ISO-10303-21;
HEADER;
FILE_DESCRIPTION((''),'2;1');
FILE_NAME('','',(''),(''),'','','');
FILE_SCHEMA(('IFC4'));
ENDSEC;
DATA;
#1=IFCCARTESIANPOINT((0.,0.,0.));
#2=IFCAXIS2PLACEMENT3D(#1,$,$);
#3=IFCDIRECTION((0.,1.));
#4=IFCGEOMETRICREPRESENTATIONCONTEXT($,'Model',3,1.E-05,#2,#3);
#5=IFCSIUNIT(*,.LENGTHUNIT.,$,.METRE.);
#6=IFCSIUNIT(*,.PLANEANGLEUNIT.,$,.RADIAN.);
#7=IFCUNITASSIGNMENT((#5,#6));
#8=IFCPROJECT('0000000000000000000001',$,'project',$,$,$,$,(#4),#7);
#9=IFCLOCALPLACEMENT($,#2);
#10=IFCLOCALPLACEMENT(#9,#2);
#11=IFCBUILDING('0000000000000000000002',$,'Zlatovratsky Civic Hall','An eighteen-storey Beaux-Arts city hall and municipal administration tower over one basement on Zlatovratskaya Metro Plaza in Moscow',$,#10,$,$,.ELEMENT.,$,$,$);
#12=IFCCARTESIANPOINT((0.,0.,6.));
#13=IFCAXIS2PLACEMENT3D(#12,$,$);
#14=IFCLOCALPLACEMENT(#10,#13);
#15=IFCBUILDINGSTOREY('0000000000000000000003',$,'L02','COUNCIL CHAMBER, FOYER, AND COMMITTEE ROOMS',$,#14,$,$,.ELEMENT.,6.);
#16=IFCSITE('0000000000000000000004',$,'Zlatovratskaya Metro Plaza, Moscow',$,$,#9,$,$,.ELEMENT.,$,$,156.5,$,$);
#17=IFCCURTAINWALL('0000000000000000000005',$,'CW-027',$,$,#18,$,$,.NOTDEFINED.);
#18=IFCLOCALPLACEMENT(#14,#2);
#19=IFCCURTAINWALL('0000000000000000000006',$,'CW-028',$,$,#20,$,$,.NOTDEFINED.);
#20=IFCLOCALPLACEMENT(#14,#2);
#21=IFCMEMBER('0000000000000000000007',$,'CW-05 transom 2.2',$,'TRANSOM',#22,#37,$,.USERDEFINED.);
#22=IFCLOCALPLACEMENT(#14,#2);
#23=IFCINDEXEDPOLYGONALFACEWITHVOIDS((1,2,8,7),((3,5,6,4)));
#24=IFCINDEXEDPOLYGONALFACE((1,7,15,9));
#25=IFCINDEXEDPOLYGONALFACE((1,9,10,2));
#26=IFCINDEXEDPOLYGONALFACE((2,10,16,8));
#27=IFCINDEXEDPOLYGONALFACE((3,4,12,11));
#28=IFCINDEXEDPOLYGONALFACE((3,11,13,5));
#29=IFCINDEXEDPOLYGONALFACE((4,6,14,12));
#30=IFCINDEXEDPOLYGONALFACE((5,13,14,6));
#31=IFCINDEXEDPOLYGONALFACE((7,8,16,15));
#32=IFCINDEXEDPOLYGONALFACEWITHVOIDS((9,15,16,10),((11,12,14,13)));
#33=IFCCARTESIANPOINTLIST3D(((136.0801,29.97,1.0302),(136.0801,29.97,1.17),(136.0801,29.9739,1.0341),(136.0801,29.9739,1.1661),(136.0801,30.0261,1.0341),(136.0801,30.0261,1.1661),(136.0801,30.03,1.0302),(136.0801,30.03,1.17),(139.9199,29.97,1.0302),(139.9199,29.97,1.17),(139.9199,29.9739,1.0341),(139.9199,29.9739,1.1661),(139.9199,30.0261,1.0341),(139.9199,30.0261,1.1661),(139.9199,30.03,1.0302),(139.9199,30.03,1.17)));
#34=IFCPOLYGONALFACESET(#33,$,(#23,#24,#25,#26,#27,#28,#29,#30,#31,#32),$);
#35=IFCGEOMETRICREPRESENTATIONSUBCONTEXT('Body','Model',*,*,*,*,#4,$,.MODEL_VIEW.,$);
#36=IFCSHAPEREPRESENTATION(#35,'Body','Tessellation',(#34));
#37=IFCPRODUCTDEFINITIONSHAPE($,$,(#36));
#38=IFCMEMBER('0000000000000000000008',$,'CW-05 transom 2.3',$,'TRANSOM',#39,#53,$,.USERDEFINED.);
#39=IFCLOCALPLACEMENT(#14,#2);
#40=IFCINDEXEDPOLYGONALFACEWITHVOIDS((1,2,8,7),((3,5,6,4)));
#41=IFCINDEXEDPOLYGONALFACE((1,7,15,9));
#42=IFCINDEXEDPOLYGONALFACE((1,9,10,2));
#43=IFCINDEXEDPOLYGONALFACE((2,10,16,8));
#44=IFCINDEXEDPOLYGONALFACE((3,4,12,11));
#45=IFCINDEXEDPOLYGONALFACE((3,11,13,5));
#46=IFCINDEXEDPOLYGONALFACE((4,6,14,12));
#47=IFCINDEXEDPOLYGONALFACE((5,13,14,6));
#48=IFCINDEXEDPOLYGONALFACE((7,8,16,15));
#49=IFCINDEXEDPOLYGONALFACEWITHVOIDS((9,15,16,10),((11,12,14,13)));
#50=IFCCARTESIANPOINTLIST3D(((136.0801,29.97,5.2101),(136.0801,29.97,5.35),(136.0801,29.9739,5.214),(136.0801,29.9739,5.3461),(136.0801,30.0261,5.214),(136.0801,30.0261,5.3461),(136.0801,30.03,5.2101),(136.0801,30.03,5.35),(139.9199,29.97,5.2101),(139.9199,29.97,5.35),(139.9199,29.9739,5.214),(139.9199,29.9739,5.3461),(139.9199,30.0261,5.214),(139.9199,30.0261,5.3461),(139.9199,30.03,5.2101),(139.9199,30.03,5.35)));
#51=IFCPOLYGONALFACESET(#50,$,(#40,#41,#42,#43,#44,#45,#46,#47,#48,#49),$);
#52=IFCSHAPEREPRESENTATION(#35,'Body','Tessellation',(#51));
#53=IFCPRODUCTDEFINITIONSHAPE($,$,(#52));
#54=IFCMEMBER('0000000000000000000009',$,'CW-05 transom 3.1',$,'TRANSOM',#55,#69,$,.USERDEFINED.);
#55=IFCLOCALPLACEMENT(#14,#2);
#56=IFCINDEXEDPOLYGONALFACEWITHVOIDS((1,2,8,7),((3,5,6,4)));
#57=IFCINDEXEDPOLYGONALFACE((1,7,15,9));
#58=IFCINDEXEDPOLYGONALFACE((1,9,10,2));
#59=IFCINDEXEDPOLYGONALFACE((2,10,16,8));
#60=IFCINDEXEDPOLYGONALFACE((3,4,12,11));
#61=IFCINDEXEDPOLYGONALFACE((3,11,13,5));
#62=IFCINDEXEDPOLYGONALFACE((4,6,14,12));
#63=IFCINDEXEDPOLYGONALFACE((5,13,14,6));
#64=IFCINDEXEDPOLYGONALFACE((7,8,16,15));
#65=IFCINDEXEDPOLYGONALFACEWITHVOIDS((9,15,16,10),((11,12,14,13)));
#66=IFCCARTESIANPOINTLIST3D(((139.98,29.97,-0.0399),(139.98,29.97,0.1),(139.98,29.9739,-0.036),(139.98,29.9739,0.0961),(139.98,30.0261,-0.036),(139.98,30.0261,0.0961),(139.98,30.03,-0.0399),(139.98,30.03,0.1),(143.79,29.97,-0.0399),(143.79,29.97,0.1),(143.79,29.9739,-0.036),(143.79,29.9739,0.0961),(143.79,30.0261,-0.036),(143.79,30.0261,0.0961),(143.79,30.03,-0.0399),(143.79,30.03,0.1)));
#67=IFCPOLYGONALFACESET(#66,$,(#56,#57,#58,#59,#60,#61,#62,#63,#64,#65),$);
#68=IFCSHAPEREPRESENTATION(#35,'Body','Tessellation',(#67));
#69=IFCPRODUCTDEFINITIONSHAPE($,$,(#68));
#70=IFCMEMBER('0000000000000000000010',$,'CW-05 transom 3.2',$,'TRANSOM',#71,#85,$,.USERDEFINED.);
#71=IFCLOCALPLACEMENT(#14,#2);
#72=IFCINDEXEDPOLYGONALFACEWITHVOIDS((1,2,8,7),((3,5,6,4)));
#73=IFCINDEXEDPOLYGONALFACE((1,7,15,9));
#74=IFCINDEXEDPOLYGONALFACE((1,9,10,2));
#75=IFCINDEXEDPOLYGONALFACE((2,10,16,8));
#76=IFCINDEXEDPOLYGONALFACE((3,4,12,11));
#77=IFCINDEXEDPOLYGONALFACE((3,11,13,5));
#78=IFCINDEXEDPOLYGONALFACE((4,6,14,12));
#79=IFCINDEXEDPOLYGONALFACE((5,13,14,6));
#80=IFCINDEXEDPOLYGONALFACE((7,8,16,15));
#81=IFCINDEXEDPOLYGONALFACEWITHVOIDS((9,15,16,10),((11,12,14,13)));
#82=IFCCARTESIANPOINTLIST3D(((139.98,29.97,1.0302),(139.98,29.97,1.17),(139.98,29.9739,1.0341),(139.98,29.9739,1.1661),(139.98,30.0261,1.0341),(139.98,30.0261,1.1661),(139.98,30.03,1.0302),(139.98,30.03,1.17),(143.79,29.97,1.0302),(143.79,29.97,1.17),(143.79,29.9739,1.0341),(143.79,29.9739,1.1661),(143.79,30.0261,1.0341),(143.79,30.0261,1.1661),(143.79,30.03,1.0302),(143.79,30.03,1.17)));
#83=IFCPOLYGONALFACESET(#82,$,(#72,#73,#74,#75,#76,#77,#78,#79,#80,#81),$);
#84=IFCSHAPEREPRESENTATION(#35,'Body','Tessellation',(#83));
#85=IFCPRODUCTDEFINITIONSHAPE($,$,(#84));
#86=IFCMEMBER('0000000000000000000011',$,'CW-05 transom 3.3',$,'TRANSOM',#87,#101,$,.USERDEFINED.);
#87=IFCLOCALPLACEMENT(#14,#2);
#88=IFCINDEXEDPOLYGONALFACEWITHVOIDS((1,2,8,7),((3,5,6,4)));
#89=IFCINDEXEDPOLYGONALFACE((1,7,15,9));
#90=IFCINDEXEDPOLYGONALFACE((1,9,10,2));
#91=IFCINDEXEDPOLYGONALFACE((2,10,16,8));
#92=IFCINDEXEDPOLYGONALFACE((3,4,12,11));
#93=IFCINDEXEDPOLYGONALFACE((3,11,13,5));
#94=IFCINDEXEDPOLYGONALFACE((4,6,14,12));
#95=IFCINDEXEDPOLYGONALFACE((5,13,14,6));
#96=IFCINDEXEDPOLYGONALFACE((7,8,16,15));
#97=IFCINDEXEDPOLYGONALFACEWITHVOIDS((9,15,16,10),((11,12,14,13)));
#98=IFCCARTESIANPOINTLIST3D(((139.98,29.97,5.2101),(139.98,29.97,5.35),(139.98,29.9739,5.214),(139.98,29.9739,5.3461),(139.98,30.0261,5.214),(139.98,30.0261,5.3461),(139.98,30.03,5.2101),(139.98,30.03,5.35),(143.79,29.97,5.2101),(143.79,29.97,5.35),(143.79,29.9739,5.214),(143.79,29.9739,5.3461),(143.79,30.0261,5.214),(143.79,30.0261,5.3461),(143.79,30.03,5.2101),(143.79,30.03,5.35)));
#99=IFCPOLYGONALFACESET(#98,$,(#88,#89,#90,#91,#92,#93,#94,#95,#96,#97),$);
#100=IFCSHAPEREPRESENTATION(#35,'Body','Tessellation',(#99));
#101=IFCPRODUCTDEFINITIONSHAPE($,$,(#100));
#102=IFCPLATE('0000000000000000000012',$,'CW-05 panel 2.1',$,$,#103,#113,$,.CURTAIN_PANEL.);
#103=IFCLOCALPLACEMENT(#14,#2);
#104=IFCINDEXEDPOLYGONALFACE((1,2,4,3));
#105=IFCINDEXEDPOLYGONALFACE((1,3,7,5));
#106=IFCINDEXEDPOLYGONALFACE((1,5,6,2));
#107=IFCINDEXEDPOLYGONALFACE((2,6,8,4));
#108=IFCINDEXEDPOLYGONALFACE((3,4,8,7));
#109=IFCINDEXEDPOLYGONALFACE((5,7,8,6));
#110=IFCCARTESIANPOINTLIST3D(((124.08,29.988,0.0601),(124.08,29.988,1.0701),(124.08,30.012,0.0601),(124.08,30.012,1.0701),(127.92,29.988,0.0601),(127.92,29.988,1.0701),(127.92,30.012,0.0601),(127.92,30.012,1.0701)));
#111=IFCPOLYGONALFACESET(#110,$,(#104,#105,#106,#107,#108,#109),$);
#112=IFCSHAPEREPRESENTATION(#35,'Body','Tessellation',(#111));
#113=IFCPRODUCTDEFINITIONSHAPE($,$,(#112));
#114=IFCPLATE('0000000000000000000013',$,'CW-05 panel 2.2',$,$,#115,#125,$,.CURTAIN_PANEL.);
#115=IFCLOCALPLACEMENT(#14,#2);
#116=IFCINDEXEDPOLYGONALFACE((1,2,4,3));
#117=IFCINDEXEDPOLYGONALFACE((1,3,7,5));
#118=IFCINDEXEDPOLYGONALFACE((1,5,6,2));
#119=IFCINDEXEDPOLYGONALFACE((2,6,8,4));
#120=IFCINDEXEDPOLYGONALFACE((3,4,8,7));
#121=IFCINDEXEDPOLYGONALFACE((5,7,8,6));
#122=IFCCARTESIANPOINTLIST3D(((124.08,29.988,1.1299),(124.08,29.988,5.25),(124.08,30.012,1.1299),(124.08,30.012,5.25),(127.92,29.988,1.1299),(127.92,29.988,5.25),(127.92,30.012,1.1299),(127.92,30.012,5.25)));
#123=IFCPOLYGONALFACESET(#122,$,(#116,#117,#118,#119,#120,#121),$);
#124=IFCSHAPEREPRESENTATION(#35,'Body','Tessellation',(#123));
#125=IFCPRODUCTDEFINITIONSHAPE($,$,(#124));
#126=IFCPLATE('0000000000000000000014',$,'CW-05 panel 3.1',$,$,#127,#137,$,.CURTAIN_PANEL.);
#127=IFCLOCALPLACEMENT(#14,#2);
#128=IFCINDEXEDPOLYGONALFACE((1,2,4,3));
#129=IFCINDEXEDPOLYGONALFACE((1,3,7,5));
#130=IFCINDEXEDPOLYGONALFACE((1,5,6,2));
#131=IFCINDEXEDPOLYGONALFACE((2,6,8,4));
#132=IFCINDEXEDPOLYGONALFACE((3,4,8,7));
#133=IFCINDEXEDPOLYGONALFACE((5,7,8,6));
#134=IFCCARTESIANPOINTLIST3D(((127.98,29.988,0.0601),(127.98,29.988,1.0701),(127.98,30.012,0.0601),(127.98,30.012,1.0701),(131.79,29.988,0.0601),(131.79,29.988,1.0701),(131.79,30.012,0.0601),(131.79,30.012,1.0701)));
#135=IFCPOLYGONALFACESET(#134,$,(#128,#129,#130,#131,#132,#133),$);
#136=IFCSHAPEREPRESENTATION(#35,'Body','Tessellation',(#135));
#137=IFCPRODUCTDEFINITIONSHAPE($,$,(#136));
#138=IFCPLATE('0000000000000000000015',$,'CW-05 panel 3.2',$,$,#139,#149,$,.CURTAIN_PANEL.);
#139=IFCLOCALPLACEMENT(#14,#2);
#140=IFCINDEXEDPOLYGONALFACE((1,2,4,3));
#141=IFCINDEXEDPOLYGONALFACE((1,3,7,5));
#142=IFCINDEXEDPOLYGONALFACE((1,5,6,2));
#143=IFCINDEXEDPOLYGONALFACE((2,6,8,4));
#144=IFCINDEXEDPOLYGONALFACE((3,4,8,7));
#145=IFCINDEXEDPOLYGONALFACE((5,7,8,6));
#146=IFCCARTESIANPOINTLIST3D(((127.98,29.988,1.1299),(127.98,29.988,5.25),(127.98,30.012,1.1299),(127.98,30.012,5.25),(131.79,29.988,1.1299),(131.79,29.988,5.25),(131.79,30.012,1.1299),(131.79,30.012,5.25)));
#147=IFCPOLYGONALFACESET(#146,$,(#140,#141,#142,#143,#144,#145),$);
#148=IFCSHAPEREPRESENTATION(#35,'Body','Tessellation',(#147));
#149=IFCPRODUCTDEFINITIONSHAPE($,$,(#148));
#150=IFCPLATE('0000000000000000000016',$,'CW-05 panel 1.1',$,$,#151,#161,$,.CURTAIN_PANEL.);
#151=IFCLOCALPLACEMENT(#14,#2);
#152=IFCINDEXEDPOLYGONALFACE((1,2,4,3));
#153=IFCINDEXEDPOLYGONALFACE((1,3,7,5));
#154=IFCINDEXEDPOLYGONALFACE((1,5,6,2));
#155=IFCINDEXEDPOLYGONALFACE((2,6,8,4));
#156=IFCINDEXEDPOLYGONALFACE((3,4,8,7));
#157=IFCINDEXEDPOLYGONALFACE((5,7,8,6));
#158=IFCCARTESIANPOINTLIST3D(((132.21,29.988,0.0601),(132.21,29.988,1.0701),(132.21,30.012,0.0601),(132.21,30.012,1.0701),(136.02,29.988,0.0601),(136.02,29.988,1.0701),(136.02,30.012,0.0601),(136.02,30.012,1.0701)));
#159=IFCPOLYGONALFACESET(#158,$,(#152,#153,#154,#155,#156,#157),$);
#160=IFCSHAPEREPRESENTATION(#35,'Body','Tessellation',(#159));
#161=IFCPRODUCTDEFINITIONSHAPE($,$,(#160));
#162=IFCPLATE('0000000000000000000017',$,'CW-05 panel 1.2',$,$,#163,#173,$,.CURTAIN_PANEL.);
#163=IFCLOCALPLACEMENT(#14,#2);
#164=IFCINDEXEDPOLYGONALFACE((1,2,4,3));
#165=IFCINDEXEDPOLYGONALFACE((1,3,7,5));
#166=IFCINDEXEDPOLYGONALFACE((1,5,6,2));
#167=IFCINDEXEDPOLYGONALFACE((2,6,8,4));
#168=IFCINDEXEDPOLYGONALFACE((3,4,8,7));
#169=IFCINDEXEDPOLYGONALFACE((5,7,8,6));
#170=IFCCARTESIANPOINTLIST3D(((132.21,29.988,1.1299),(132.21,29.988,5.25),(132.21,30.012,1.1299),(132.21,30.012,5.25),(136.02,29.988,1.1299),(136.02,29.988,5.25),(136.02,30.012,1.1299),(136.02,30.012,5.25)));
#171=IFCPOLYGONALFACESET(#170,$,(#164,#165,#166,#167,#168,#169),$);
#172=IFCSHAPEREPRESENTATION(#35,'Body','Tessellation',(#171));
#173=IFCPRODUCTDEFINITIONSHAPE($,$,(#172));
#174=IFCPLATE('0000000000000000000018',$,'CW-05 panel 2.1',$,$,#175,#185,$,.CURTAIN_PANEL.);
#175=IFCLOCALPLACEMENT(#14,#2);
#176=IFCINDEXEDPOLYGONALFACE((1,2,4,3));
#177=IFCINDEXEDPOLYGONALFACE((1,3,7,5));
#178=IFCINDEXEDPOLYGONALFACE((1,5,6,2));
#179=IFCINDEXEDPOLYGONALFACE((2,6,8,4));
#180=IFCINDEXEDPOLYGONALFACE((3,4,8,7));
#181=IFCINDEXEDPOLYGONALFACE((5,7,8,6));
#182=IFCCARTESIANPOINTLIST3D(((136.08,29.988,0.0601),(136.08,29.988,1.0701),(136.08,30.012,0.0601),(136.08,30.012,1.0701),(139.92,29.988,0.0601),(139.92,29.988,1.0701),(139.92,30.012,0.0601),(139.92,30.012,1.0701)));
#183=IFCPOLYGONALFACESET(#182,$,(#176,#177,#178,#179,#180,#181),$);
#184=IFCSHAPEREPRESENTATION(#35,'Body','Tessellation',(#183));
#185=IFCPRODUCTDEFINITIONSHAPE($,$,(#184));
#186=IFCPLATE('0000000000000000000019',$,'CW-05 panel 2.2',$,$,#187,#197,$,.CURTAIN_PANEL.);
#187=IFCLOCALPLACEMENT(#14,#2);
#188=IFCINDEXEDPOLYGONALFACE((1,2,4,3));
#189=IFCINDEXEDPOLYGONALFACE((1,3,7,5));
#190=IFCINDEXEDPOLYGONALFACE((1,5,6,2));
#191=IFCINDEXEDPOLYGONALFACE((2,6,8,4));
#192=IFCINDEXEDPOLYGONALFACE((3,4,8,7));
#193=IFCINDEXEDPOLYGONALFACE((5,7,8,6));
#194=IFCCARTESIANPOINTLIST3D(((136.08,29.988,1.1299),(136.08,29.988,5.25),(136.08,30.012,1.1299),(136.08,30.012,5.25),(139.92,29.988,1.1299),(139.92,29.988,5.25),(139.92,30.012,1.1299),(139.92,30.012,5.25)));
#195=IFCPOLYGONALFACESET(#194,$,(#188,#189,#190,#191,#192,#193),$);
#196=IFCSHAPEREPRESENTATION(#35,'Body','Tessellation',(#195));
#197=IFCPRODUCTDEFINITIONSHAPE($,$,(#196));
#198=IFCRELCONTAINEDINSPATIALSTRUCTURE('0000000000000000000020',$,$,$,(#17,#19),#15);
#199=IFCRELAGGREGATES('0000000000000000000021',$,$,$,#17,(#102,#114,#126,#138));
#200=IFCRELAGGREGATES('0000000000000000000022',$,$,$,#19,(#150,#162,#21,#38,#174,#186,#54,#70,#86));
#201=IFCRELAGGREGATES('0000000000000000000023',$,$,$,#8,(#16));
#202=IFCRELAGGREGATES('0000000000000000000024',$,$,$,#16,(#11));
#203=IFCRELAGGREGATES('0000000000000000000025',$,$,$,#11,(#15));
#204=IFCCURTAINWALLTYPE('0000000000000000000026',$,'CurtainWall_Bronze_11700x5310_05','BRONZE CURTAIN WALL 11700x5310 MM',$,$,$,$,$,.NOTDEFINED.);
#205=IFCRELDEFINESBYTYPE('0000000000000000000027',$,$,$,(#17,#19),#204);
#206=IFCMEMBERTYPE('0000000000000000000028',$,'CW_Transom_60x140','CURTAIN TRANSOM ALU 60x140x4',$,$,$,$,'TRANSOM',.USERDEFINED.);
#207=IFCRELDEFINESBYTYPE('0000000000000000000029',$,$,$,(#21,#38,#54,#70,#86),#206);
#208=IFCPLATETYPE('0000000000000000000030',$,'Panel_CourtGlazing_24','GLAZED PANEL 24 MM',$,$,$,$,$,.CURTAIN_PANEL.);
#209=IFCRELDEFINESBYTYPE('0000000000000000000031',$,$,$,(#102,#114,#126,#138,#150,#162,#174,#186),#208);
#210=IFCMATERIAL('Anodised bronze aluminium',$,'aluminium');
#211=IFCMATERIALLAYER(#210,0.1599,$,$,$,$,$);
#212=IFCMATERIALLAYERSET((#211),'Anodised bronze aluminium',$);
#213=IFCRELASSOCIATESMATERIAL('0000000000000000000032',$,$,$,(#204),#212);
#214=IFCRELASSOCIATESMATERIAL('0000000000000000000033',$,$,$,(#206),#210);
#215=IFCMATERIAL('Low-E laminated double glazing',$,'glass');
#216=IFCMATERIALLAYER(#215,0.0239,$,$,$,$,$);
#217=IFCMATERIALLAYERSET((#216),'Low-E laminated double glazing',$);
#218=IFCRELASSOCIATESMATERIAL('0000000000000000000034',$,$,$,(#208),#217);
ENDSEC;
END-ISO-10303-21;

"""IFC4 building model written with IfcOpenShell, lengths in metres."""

from ifc_helpers import new_model, si_unit, direction, frame, origin, origin_2d, place, context, subcontext, project, spatial, rectangle, hollow_rectangle, extrude, material, layer, layer_set, material_profile, profile_set, type_object, element, aggregate, save


model = new_model("IFC4")

# Units and contexts
model_context = context("Model", 3, precision=1e-05, world=origin(), true_north=direction((0.0, 1.0)))
body_context = subcontext(model_context, "Body", "Model", "MODEL_VIEW")
ifc_project = project(units=[si_unit("LENGTHUNIT", "METRE"), si_unit("PLANEANGLEUNIT", "RADIAN")], contexts=[model_context])

# Site, building, storey
site_placement = place(None, origin())
site = spatial("IfcSite", under=ifc_project, at=site_placement, Name="Zlatovratskaya Metro Plaza, Moscow", CompositionType="ELEMENT", RefElevation=156.5)
building_placement = place(site_placement, origin())
building = spatial("IfcBuilding", under=site, at=building_placement, Name="Zlatovratsky Civic Hall", Description="An eighteen-storey Beaux-Arts city hall and municipal administration tower over one basement on Zlatovratskaya Metro Plaza in Moscow", CompositionType="ELEMENT")
storey_placement = place(building_placement, frame((0.0, 0.0, 6.0)))
storey = spatial("IfcBuildingStorey", under=building, at=storey_placement, Name="L02", Description="COUNCIL CHAMBER, FOYER, AND COMMITTEE ROOMS", CompositionType="ELEMENT", Elevation=6.0)

# Curtain walls
ifc_material_1 = material(Name="Anodised bronze aluminium", Category="aluminium")
ifc_layer_1 = layer(ifc_material_1, 0.1599)
ifc_layer_set_1 = layer_set([ifc_layer_1], Name="Anodised bronze aluminium")
curtain_wall_type = type_object("IfcCurtainWallType", Name="CurtainWall_Bronze_11700x5310_05", Description="BRONZE CURTAIN WALL 11700x5310 MM", PredefinedType="NOTDEFINED", material=ifc_layer_set_1)
curtain_wall_1_placement = place(storey_placement, origin())
curtain_wall_1 = element("IfcCurtainWall", 1, at=curtain_wall_1_placement, inside=storey, type_object=curtain_wall_type, Name="CW-027", PredefinedType="NOTDEFINED")
curtain_wall_2_placement = place(storey_placement, origin())
curtain_wall_2 = element("IfcCurtainWall", 2, at=curtain_wall_2_placement, inside=storey, type_object=curtain_wall_type, Name="CW-028", PredefinedType="NOTDEFINED")

# Members
ifc_material_profile_1 = material_profile(ifc_material_1, hollow_rectangle(XDim=0.0601, YDim=0.1399, WallThickness=0.0039, at=origin_2d()), Name="ALU 60x140x4")
ifc_profile_set_1 = profile_set([ifc_material_profile_1], Name="Anodised bronze aluminium")
member_type_1 = type_object("IfcMemberType", Name="CW_Transom_60x140", Description="CURTAIN TRANSOM ALU 60x140x4", ElementType="TRANSOM", PredefinedType="USERDEFINED", material=ifc_profile_set_1)
member_1_placement = place(storey_placement, frame((136.0801, 30.0, 1.1001), z_axis=(1.0, 0.0, 0.0), x_axis=(0.0, 1.0, 0.0)))
member_1 = element("IfcMember", 3, at=member_1_placement, type_object=member_type_1, Name="CW-05 transom 2.2", ObjectType="TRANSOM", PredefinedType="USERDEFINED", context=body_context, shape_type="SweptSolid", body=[
    extrude(hollow_rectangle(XDim=0.0601, YDim=0.1399, WallThickness=0.0039, at=origin_2d()), origin(), (0.0, 0.0, 1.0), 3.8398),
])
member_2_placement = place(storey_placement, frame((136.0801, 30.0, 5.28), z_axis=(1.0, 0.0, 0.0), x_axis=(0.0, 1.0, 0.0)))
member_2 = element("IfcMember", 4, at=member_2_placement, type_object=member_type_1, Name="CW-05 transom 2.3", ObjectType="TRANSOM", PredefinedType="USERDEFINED", context=body_context, shape_type="SweptSolid", body=[
    extrude(hollow_rectangle(XDim=0.0601, YDim=0.1399, WallThickness=0.0039, at=origin_2d()), origin(), (0.0, 0.0, 1.0), 3.8398),
])
member_3_placement = place(storey_placement, frame((139.98, 30.0, 0.03), z_axis=(1.0, 0.0, 0.0), x_axis=(0.0, 1.0, 0.0)))
member_3 = element("IfcMember", 5, at=member_3_placement, type_object=member_type_1, Name="CW-05 transom 3.1", ObjectType="TRANSOM", PredefinedType="USERDEFINED", context=body_context, shape_type="SweptSolid", body=[
    extrude(hollow_rectangle(XDim=0.0601, YDim=0.1399, WallThickness=0.0039, at=origin_2d()), origin(), (0.0, 0.0, 1.0), 3.8101),
])
member_4_placement = place(storey_placement, frame((139.98, 30.0, 1.1001), z_axis=(1.0, 0.0, 0.0), x_axis=(0.0, 1.0, 0.0)))
member_4 = element("IfcMember", 6, at=member_4_placement, type_object=member_type_1, Name="CW-05 transom 3.2", ObjectType="TRANSOM", PredefinedType="USERDEFINED", context=body_context, shape_type="SweptSolid", body=[
    extrude(hollow_rectangle(XDim=0.0601, YDim=0.1399, WallThickness=0.0039, at=origin_2d()), origin(), (0.0, 0.0, 1.0), 3.8101),
])
member_5_placement = place(storey_placement, frame((139.98, 30.0, 5.28), z_axis=(1.0, 0.0, 0.0), x_axis=(0.0, 1.0, 0.0)))
member_5 = element("IfcMember", 7, at=member_5_placement, type_object=member_type_1, Name="CW-05 transom 3.3", ObjectType="TRANSOM", PredefinedType="USERDEFINED", context=body_context, shape_type="SweptSolid", body=[
    extrude(hollow_rectangle(XDim=0.0601, YDim=0.1399, WallThickness=0.0039, at=origin_2d()), origin(), (0.0, 0.0, 1.0), 3.8101),
])

# Plates
ifc_material_2 = material(Name="Low-E laminated double glazing", Category="glass")
ifc_layer_2 = layer(ifc_material_2, 0.0239)
ifc_layer_set_2 = layer_set([ifc_layer_2], Name="Low-E laminated double glazing")
plate_type = type_object("IfcPlateType", Name="Panel_CourtGlazing_24", Description="GLAZED PANEL 24 MM", PredefinedType="CURTAIN_PANEL", material=ifc_layer_set_2)
plate_1_placement = place(storey_placement, frame((126.0, 30.0, 0.0601), z_axis=(0.0, 0.0, 1.0), x_axis=(1.0, 0.0, 0.0)))
plate_1 = element("IfcPlate", 8, at=plate_1_placement, type_object=plate_type, Name="CW-05 panel 2.1", PredefinedType="CURTAIN_PANEL", context=body_context, shape_type="SweptSolid", body=[
    extrude(rectangle(XDim=3.8401, YDim=0.0239, at=origin_2d()), origin(), (0.0, 0.0, 1.0), 1.01),
])
plate_2_placement = place(storey_placement, frame((126.0, 30.0, 1.1299), z_axis=(0.0, 0.0, 1.0), x_axis=(1.0, 0.0, 0.0)))
plate_2 = element("IfcPlate", 9, at=plate_2_placement, type_object=plate_type, Name="CW-05 panel 2.2", PredefinedType="CURTAIN_PANEL", context=body_context, shape_type="SweptSolid", body=[
    extrude(rectangle(XDim=3.8401, YDim=0.0239, at=origin_2d()), origin(), (0.0, 0.0, 1.0), 4.1201),
])
plate_3_placement = place(storey_placement, frame((129.885, 30.0, 0.0601), z_axis=(0.0, 0.0, 1.0), x_axis=(1.0, 0.0, 0.0)))
plate_3 = element("IfcPlate", 10, at=plate_3_placement, type_object=plate_type, Name="CW-05 panel 3.1", PredefinedType="CURTAIN_PANEL", context=body_context, shape_type="SweptSolid", body=[
    extrude(rectangle(XDim=3.8101, YDim=0.0239, at=origin_2d()), origin(), (0.0, 0.0, 1.0), 1.01),
])
plate_4_placement = place(storey_placement, frame((129.885, 30.0, 1.1299), z_axis=(0.0, 0.0, 1.0), x_axis=(1.0, 0.0, 0.0)))
plate_4 = element("IfcPlate", 11, at=plate_4_placement, type_object=plate_type, Name="CW-05 panel 3.2", PredefinedType="CURTAIN_PANEL", context=body_context, shape_type="SweptSolid", body=[
    extrude(rectangle(XDim=3.8101, YDim=0.0239, at=origin_2d()), origin(), (0.0, 0.0, 1.0), 4.1201),
])
aggregate(curtain_wall_1, [plate_1, plate_2, plate_3, plate_4])
plate_5_placement = place(storey_placement, frame((134.115, 30.0, 0.0601), z_axis=(0.0, 0.0, 1.0), x_axis=(1.0, 0.0, 0.0)))
plate_5 = element("IfcPlate", 12, at=plate_5_placement, type_object=plate_type, Name="CW-05 panel 1.1", PredefinedType="CURTAIN_PANEL", context=body_context, shape_type="SweptSolid", body=[
    extrude(rectangle(XDim=3.8101, YDim=0.0239, at=origin_2d()), origin(), (0.0, 0.0, 1.0), 1.01),
])
plate_6_placement = place(storey_placement, frame((134.115, 30.0, 1.1299), z_axis=(0.0, 0.0, 1.0), x_axis=(1.0, 0.0, 0.0)))
plate_6 = element("IfcPlate", 13, at=plate_6_placement, type_object=plate_type, Name="CW-05 panel 1.2", PredefinedType="CURTAIN_PANEL", context=body_context, shape_type="SweptSolid", body=[
    extrude(rectangle(XDim=3.8101, YDim=0.0239, at=origin_2d()), origin(), (0.0, 0.0, 1.0), 4.1201),
])
plate_7_placement = place(storey_placement, frame((138.0, 30.0, 0.0601), z_axis=(0.0, 0.0, 1.0), x_axis=(1.0, 0.0, 0.0)))
plate_7 = element("IfcPlate", 14, at=plate_7_placement, type_object=plate_type, Name="CW-05 panel 2.1", PredefinedType="CURTAIN_PANEL", context=body_context, shape_type="SweptSolid", body=[
    extrude(rectangle(XDim=3.8401, YDim=0.0239, at=origin_2d()), origin(), (0.0, 0.0, 1.0), 1.01),
])
plate_8_placement = place(storey_placement, frame((138.0, 30.0, 1.1299), z_axis=(0.0, 0.0, 1.0), x_axis=(1.0, 0.0, 0.0)))
plate_8 = element("IfcPlate", 15, at=plate_8_placement, type_object=plate_type, Name="CW-05 panel 2.2", PredefinedType="CURTAIN_PANEL", context=body_context, shape_type="SweptSolid", body=[
    extrude(rectangle(XDim=3.8401, YDim=0.0239, at=origin_2d()), origin(), (0.0, 0.0, 1.0), 4.1201),
])
aggregate(curtain_wall_2, [plate_5, plate_6, member_1, member_2, plate_7, plate_8, member_3, member_4, member_5])

save(model, "model.ifc")
